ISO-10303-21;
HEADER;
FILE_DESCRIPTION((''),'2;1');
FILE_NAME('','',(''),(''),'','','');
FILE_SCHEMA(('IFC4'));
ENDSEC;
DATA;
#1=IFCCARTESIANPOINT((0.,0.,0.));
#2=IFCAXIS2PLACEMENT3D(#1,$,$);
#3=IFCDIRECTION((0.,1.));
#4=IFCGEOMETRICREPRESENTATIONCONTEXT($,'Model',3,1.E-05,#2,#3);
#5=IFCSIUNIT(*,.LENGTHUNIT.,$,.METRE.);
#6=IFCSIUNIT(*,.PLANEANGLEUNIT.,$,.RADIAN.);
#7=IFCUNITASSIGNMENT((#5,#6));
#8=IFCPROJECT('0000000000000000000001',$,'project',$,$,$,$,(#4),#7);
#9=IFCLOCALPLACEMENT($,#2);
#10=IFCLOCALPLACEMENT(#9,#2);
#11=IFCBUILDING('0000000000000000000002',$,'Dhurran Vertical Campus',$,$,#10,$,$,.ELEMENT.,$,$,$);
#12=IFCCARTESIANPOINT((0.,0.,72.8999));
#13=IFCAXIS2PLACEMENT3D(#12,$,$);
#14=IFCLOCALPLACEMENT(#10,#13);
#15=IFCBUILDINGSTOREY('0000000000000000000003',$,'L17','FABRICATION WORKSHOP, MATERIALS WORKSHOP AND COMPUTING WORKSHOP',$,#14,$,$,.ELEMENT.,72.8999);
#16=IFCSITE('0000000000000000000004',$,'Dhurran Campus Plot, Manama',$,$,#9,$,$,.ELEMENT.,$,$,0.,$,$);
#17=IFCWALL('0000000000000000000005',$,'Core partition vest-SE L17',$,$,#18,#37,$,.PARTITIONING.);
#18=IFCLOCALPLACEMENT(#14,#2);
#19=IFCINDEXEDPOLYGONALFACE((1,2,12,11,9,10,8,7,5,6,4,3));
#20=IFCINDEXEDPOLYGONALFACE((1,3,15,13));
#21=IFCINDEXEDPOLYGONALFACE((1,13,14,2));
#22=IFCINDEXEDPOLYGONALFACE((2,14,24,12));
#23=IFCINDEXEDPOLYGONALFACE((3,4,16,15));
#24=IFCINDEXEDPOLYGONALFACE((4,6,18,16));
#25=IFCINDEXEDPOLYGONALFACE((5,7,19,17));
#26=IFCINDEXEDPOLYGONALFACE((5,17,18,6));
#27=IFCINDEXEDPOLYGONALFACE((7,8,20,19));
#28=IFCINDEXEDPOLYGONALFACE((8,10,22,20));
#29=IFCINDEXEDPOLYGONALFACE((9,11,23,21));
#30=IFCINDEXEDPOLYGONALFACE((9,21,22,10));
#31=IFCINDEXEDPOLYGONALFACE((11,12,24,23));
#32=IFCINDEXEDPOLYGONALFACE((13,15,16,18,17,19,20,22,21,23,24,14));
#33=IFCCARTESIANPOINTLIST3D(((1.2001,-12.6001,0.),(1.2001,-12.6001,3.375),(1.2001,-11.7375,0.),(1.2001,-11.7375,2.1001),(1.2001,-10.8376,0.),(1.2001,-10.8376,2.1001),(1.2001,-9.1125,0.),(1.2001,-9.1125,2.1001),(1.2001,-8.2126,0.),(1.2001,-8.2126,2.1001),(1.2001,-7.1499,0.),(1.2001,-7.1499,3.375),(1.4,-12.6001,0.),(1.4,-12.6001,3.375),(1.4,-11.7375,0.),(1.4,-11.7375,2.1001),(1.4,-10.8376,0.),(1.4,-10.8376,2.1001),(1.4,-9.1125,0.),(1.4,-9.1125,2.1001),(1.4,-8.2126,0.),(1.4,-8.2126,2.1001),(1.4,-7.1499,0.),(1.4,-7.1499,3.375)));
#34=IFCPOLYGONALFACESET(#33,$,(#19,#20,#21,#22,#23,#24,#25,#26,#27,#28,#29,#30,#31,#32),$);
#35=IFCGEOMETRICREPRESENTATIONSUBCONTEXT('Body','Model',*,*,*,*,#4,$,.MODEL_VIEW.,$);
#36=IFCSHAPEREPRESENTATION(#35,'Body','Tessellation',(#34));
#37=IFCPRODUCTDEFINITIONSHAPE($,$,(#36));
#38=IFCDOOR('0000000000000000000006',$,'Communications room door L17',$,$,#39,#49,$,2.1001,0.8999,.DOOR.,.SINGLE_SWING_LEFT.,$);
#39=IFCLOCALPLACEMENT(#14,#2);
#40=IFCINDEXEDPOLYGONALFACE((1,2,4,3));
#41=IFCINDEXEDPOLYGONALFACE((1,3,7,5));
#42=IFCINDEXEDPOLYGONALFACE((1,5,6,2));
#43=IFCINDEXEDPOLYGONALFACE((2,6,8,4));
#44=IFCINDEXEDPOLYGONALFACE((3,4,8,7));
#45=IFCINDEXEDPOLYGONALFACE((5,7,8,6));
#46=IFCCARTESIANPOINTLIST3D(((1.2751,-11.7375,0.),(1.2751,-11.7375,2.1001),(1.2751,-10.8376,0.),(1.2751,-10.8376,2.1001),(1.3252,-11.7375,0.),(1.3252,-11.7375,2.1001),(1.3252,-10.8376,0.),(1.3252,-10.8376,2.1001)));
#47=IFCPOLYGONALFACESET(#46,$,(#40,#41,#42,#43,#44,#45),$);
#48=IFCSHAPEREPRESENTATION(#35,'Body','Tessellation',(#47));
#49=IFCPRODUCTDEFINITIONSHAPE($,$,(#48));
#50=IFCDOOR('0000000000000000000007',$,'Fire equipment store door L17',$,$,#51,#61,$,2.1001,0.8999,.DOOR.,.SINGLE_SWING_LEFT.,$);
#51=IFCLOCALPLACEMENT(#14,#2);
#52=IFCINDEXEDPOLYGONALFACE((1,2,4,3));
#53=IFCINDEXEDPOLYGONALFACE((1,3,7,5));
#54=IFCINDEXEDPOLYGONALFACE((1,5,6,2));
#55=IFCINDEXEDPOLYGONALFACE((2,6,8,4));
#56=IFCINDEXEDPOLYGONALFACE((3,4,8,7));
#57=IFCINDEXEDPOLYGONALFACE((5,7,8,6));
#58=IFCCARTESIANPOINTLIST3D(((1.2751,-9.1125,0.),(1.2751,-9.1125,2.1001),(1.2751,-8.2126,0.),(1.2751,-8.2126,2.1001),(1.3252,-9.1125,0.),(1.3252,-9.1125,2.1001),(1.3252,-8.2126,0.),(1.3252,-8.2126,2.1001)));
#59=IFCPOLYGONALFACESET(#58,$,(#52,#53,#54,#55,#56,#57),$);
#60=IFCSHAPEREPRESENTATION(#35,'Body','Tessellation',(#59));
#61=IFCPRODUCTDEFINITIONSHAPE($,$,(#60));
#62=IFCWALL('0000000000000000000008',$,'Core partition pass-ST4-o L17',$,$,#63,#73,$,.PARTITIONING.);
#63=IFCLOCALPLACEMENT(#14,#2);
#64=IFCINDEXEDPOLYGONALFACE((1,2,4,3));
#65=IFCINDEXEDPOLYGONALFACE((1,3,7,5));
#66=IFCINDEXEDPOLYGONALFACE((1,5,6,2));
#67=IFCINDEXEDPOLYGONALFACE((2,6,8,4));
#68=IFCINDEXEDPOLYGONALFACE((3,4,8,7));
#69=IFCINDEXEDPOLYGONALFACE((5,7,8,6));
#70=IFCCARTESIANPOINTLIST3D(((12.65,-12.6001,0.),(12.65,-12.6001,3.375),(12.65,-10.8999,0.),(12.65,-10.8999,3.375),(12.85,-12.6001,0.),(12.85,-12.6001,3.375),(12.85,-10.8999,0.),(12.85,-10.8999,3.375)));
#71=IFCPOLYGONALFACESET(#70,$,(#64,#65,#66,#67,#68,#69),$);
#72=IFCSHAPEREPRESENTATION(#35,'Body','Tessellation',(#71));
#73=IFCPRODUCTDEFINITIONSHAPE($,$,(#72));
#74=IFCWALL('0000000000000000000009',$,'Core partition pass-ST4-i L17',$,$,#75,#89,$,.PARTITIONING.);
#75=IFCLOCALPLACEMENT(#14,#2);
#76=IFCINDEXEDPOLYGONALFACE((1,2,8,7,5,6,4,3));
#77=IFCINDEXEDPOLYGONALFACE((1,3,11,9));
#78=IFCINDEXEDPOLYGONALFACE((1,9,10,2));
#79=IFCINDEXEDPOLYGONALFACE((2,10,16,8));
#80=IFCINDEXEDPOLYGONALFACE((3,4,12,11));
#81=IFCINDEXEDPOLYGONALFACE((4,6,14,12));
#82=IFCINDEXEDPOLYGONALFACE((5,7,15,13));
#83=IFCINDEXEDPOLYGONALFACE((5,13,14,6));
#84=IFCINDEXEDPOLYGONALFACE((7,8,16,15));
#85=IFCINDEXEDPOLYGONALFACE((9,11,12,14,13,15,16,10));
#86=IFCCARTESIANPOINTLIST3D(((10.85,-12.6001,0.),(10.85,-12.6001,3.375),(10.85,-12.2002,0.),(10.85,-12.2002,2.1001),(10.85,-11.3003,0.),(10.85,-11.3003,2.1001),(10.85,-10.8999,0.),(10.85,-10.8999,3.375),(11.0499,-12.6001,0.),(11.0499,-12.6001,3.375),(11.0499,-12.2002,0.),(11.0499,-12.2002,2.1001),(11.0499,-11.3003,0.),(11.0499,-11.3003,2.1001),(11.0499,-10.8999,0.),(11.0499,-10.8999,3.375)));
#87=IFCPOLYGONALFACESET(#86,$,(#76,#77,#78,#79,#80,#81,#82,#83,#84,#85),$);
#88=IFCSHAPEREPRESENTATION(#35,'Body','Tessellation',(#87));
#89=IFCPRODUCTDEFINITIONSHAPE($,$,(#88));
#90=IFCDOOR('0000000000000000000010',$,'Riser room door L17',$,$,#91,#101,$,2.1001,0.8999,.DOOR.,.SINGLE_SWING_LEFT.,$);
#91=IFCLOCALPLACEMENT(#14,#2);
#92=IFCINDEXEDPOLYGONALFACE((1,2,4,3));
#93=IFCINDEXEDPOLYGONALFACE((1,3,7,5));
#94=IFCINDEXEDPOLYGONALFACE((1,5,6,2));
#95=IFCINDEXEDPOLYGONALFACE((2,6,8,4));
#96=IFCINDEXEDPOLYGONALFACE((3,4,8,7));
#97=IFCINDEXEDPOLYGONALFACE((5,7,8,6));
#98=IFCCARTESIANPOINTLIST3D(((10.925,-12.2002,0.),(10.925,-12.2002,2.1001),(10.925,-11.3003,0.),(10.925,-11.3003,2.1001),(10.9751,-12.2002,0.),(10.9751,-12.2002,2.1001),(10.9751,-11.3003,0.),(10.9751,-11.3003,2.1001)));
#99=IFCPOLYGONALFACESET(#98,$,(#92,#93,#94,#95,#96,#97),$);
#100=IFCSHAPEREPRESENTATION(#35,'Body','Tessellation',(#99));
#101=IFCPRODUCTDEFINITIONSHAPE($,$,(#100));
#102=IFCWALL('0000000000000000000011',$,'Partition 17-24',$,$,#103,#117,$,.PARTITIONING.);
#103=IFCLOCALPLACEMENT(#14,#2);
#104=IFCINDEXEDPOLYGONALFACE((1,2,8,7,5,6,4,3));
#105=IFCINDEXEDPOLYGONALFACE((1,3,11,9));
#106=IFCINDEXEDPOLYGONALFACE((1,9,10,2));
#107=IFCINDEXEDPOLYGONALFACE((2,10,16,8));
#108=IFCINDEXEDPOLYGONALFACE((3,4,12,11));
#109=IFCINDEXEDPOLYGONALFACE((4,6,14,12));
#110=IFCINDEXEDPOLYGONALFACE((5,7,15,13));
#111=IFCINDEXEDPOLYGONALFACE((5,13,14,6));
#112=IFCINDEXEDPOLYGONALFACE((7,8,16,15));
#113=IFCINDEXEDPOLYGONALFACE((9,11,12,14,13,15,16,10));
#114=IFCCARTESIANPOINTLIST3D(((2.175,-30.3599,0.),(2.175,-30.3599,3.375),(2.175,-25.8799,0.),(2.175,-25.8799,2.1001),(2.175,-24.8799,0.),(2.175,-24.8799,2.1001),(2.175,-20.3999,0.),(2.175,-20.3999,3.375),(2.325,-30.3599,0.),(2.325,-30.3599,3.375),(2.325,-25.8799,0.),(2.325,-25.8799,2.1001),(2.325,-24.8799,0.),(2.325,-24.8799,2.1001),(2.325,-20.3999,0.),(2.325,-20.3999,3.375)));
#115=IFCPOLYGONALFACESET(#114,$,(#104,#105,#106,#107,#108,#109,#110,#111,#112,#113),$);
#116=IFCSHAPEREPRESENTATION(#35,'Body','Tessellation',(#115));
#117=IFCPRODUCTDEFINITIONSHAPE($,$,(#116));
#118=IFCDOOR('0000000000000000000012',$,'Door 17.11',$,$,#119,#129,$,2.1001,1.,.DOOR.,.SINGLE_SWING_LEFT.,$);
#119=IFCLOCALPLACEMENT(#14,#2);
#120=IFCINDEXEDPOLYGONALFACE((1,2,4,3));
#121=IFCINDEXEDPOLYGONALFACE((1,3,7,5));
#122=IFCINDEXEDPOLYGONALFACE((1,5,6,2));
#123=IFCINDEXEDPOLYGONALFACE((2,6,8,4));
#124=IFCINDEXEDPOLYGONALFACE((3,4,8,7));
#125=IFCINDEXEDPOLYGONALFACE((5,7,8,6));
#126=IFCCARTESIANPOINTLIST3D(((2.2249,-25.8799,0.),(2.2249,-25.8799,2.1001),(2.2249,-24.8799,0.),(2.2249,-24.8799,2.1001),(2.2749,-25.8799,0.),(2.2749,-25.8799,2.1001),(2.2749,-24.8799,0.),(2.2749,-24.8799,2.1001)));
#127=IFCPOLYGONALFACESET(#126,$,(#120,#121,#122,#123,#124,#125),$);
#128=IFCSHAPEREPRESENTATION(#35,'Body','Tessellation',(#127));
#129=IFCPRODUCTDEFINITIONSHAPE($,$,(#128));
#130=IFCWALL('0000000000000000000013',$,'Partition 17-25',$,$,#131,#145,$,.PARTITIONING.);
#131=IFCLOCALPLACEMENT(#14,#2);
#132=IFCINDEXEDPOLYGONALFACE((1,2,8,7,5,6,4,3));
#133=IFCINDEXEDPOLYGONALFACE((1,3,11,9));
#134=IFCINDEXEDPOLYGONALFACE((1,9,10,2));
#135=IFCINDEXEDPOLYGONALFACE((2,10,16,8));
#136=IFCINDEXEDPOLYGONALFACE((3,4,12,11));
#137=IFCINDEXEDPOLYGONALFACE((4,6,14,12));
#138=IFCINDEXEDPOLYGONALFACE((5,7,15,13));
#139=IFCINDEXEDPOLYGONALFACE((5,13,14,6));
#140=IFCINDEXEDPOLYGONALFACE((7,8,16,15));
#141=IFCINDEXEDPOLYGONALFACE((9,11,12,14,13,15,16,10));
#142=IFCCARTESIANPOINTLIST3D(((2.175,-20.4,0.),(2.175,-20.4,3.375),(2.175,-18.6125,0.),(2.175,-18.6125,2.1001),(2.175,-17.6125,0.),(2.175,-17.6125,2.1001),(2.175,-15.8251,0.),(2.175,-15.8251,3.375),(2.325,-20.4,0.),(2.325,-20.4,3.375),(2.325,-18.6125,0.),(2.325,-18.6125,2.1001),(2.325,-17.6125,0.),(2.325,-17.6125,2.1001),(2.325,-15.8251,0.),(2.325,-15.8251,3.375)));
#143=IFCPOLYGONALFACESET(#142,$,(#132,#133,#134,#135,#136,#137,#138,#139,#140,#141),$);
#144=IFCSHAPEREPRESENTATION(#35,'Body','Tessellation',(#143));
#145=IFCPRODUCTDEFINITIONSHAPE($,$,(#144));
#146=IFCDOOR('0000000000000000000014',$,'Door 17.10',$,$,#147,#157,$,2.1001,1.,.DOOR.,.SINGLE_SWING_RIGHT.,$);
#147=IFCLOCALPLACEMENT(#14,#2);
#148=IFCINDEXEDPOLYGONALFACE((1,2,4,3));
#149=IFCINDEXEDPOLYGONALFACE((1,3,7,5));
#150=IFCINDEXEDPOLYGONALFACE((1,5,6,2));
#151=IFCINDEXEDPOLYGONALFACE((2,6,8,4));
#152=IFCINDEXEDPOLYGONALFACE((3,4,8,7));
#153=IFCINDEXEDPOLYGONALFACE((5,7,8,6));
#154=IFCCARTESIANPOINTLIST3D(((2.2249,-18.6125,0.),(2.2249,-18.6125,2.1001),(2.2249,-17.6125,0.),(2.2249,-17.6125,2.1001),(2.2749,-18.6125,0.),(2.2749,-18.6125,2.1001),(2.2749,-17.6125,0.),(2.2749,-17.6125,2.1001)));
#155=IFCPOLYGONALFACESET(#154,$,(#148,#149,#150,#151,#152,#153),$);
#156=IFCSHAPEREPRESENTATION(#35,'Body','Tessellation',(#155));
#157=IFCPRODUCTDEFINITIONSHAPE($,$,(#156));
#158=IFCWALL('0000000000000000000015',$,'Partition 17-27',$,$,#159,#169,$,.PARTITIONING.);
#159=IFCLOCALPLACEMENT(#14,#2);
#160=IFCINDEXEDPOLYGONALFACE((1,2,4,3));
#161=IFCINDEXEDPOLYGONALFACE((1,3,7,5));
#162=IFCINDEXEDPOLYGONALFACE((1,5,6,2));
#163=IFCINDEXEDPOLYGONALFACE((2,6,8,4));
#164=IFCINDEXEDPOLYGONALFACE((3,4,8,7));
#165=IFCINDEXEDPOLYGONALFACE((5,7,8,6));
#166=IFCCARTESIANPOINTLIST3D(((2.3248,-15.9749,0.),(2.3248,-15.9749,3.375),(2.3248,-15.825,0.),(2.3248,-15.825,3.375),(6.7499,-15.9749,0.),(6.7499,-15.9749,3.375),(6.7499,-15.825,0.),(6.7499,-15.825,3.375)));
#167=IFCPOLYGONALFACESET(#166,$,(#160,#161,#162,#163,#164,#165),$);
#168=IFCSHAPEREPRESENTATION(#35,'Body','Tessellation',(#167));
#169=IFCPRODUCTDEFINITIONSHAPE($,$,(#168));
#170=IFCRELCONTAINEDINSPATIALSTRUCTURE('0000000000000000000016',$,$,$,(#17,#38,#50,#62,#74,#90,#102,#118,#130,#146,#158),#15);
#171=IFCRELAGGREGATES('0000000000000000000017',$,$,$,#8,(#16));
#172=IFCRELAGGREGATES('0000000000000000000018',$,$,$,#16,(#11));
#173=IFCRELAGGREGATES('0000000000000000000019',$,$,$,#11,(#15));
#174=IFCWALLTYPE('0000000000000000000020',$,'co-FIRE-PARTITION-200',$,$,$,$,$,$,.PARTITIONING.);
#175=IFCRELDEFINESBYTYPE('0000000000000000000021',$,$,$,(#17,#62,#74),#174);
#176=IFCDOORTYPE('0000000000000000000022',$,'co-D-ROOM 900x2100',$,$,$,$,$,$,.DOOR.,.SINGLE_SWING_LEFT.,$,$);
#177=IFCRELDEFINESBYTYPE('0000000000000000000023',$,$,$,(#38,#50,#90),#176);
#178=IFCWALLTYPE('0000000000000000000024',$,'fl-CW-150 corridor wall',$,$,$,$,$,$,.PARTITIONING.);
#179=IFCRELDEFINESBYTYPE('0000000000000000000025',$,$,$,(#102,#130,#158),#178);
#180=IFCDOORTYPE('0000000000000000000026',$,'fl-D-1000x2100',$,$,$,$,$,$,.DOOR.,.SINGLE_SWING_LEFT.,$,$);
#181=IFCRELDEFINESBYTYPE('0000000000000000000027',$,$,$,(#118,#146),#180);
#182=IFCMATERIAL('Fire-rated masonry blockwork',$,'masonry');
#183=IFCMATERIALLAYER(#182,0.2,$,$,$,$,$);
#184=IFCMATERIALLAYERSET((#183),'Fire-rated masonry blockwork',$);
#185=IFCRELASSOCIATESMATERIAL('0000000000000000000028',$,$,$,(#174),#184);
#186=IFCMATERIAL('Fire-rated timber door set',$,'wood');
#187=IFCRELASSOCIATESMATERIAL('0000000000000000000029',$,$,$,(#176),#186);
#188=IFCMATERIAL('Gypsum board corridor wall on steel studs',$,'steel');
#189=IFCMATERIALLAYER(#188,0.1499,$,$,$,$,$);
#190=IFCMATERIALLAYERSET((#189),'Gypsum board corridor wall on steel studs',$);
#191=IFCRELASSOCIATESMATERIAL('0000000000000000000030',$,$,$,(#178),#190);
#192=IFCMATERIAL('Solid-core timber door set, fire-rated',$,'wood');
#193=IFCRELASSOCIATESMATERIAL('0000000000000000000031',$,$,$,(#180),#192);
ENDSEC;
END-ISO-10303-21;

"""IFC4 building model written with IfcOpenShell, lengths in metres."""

from ifc_helpers import new_model, si_unit, direction, frame, frame_2d, origin, place, context, subcontext, project, spatial, rectangle, extrude, material, layer, layer_set, type_object, element, fill, save


model = new_model("IFC4")

# Units and contexts
model_context = context("Model", 3, precision=1e-05, world=origin(), true_north=direction((0.0, 1.0)))
body_context = subcontext(model_context, "Body", "Model", "MODEL_VIEW")
ifc_project = project(units=[si_unit("LENGTHUNIT", "METRE"), si_unit("PLANEANGLEUNIT", "RADIAN")], contexts=[model_context])

# Site, building, storey
site_placement = place(None, origin())
site = spatial("IfcSite", under=ifc_project, at=site_placement, Name="Dhurran Campus Plot, Manama", CompositionType="ELEMENT", RefElevation=0.0)
building_placement = place(site_placement, origin())
building = spatial("IfcBuilding", under=site, at=building_placement, Name="Dhurran Vertical Campus", CompositionType="ELEMENT")
storey_placement = place(building_placement, frame((0.0, 0.0, 72.8999)))
storey = spatial("IfcBuildingStorey", under=building, at=storey_placement, Name="L17", Description="FABRICATION WORKSHOP, MATERIALS WORKSHOP AND COMPUTING WORKSHOP", CompositionType="ELEMENT", Elevation=72.8999)

# Wall, openings, doors
ifc_material_1 = material(Name="Fire-rated masonry blockwork", Category="masonry")
ifc_layer_1 = layer(ifc_material_1, 0.2)
ifc_layer_set_1 = layer_set([ifc_layer_1], Name="Fire-rated masonry blockwork")
wall_type_1 = type_object("IfcWallType", Name="co-FIRE-PARTITION-200", PredefinedType="PARTITIONING", material=ifc_layer_set_1)
wall_1_placement = place(storey_placement, frame((1.3, -12.6001, 0.0), z_axis=(0.0, 0.0, 1.0), x_axis=(0.0, 1.0, 0.0)))
wall_1 = element("IfcWall", 1, at=wall_1_placement, inside=storey, type_object=wall_type_1, Name="Core partition vest-SE L17", PredefinedType="PARTITIONING", context=body_context, shape_type="SweptSolid", body=[
    extrude(rectangle(XDim=5.4502, YDim=0.2, at=frame_2d((2.7251, 0.0))), origin(), (0.0, 0.0, 1.0), 3.375),
])
opening_1_placement = place(wall_1_placement, frame((0.8625, 0.0, 0.0)))
opening_1 = element("IfcOpeningElement", 2, at=opening_1_placement, cuts=wall_1, PredefinedType="OPENING", context=body_context, shape_type="SweptSolid", body=[
    extrude(rectangle(XDim=0.8999, YDim=2.1001, at=frame_2d((0.45, 1.05))), frame((0.0, 0.1099, 0.0), z_axis=(0.0, -1.0, 0.0), x_axis=(1.0, 0.0, 0.0)), (0.0, 0.0, 1.0), 0.22),
])
opening_2_placement = place(wall_1_placement, frame((3.4875, 0.0, 0.0)))
opening_2 = element("IfcOpeningElement", 3, at=opening_2_placement, cuts=wall_1, PredefinedType="OPENING", context=body_context, shape_type="SweptSolid", body=[
    extrude(rectangle(XDim=0.8999, YDim=2.1001, at=frame_2d((0.45, 1.05))), frame((0.0, 0.1099, 0.0), z_axis=(0.0, -1.0, 0.0), x_axis=(1.0, 0.0, 0.0)), (0.0, 0.0, 1.0), 0.22),
])
ifc_material_2 = material(Name="Fire-rated timber door set", Category="wood")
door_type_1 = type_object("IfcDoorType", Name="co-D-ROOM 900x2100", OperationType="SINGLE_SWING_LEFT", PredefinedType="DOOR", material=ifc_material_2)
door_1_placement = place(opening_1_placement, origin())
door_1 = element("IfcDoor", 4, at=door_1_placement, inside=storey, type_object=door_type_1, Name="Communications room door L17", OperationType="SINGLE_SWING_LEFT", OverallHeight=2.1001, OverallWidth=0.8999, PredefinedType="DOOR", context=body_context, shape_type="SweptSolid", body=[
    extrude(rectangle(XDim=0.8999, YDim=2.1001, at=frame_2d((0.45, 1.05))), frame((0.0, 0.0249, 0.0), z_axis=(0.0, -1.0, 0.0), x_axis=(1.0, 0.0, 0.0)), (0.0, 0.0, 1.0), 0.05),
])
fill(opening_1, door_1)
door_2_placement = place(opening_2_placement, origin())
door_2 = element("IfcDoor", 5, at=door_2_placement, inside=storey, type_object=door_type_1, Name="Fire equipment store door L17", OperationType="SINGLE_SWING_LEFT", OverallHeight=2.1001, OverallWidth=0.8999, PredefinedType="DOOR", context=body_context, shape_type="SweptSolid", body=[
    extrude(rectangle(XDim=0.8999, YDim=2.1001, at=frame_2d((0.45, 1.05))), frame((0.0, 0.0249, 0.0), z_axis=(0.0, -1.0, 0.0), x_axis=(1.0, 0.0, 0.0)), (0.0, 0.0, 1.0), 0.05),
])
fill(opening_2, door_2)

# Wall
wall_2_placement = place(storey_placement, frame((12.75, -12.6001, 0.0), z_axis=(0.0, 0.0, 1.0), x_axis=(0.0, 1.0, 0.0)))
element("IfcWall", 6, at=wall_2_placement, inside=storey, type_object=wall_type_1, Name="Core partition pass-ST4-o L17", PredefinedType="PARTITIONING", context=body_context, shape_type="SweptSolid", body=[
    extrude(rectangle(XDim=1.7002, YDim=0.2, at=frame_2d((0.8501, 0.0))), origin(), (0.0, 0.0, 1.0), 3.375),
])

# Walls, openings, doors
wall_3_placement = place(storey_placement, frame((10.95, -12.6001, 0.0), z_axis=(0.0, 0.0, 1.0), x_axis=(0.0, 1.0, 0.0)))
wall_3 = element("IfcWall", 7, at=wall_3_placement, inside=storey, type_object=wall_type_1, Name="Core partition pass-ST4-i L17", PredefinedType="PARTITIONING", context=body_context, shape_type="SweptSolid", body=[
    extrude(rectangle(XDim=1.7002, YDim=0.2, at=frame_2d((0.8501, 0.0))), origin(), (0.0, 0.0, 1.0), 3.375),
])
opening_3_placement = place(wall_3_placement, frame((0.3999, 0.0, 0.0)))
opening_3 = element("IfcOpeningElement", 8, at=opening_3_placement, cuts=wall_3, PredefinedType="OPENING", context=body_context, shape_type="SweptSolid", body=[
    extrude(rectangle(XDim=0.8999, YDim=2.1001, at=frame_2d((0.45, 1.05))), frame((0.0, 0.1099, 0.0), z_axis=(0.0, -1.0, 0.0), x_axis=(1.0, 0.0, 0.0)), (0.0, 0.0, 1.0), 0.22),
])
door_3_placement = place(opening_3_placement, origin())
door_3 = element("IfcDoor", 9, at=door_3_placement, inside=storey, type_object=door_type_1, Name="Riser room door L17", OperationType="SINGLE_SWING_LEFT", OverallHeight=2.1001, OverallWidth=0.8999, PredefinedType="DOOR", context=body_context, shape_type="SweptSolid", body=[
    extrude(rectangle(XDim=0.8999, YDim=2.1001, at=frame_2d((0.45, 1.05))), frame((0.0, 0.0249, 0.0), z_axis=(0.0, -1.0, 0.0), x_axis=(1.0, 0.0, 0.0)), (0.0, 0.0, 1.0), 0.05),
])
fill(opening_3, door_3)
ifc_material_3 = material(Name="Gypsum board corridor wall on steel studs", Category="steel")
ifc_layer_2 = layer(ifc_material_3, 0.1499)
ifc_layer_set_2 = layer_set([ifc_layer_2], Name="Gypsum board corridor wall on steel studs")
wall_type_2 = type_object("IfcWallType", Name="fl-CW-150 corridor wall", PredefinedType="PARTITIONING", material=ifc_layer_set_2)
wall_4_placement = place(storey_placement, frame((2.25, -20.3999, 0.0), z_axis=(0.0, 0.0, 1.0), x_axis=(0.0, -1.0, 0.0)))
wall_4 = element("IfcWall", 10, at=wall_4_placement, inside=storey, type_object=wall_type_2, Name="Partition 17-24", PredefinedType="PARTITIONING", context=body_context, shape_type="SweptSolid", body=[
    extrude(rectangle(XDim=9.96, YDim=0.1499, at=frame_2d((4.98, 0.0))), origin(), (0.0, 0.0, 1.0), 3.375),
])
opening_4_placement = place(wall_4_placement, frame((4.48, 0.0, 0.0)))
opening_4 = element("IfcOpeningElement", 11, at=opening_4_placement, cuts=wall_4, PredefinedType="OPENING", context=body_context, shape_type="SweptSolid", body=[
    extrude(rectangle(XDim=1.0, YDim=2.1001, at=frame_2d((0.5, 1.05))), frame((0.0, 0.085, 0.0), z_axis=(0.0, -1.0, 0.0), x_axis=(1.0, 0.0, 0.0)), (0.0, 0.0, 1.0), 0.1699),
])
ifc_material_4 = material(Name="Solid-core timber door set, fire-rated", Category="wood")
door_type_2 = type_object("IfcDoorType", Name="fl-D-1000x2100", OperationType="SINGLE_SWING_LEFT", PredefinedType="DOOR", material=ifc_material_4)
door_4_placement = place(opening_4_placement, origin())
door_4 = element("IfcDoor", 12, at=door_4_placement, inside=storey, type_object=door_type_2, Name="Door 17.11", OperationType="SINGLE_SWING_LEFT", OverallHeight=2.1001, OverallWidth=1.0, PredefinedType="DOOR", context=body_context, shape_type="SweptSolid", body=[
    extrude(rectangle(XDim=1.0, YDim=2.1001, at=frame_2d((0.5, 1.05))), frame((0.0, 0.0249, 0.0), z_axis=(0.0, -1.0, 0.0), x_axis=(1.0, 0.0, 0.0)), (0.0, 0.0, 1.0), 0.05),
])
fill(opening_4, door_4)
wall_5_placement = place(storey_placement, frame((2.25, -15.825, 0.0), z_axis=(0.0, 0.0, 1.0), x_axis=(0.0, -1.0, 0.0)))
wall_5 = element("IfcWall", 13, at=wall_5_placement, inside=storey, type_object=wall_type_2, Name="Partition 17-25", PredefinedType="PARTITIONING", context=body_context, shape_type="SweptSolid", body=[
    extrude(rectangle(XDim=4.575, YDim=0.1499, at=frame_2d((2.2876, 0.0))), origin(), (0.0, 0.0, 1.0), 3.375),
])
opening_5_placement = place(wall_5_placement, frame((1.7876, 0.0, 0.0)))
opening_5 = element("IfcOpeningElement", 14, at=opening_5_placement, cuts=wall_5, PredefinedType="OPENING", context=body_context, shape_type="SweptSolid", body=[
    extrude(rectangle(XDim=1.0, YDim=2.1001, at=frame_2d((0.5, 1.05))), frame((0.0, 0.085, 0.0), z_axis=(0.0, -1.0, 0.0), x_axis=(1.0, 0.0, 0.0)), (0.0, 0.0, 1.0), 0.1699),
])
door_5_placement = place(opening_5_placement, origin())
door_5 = element("IfcDoor", 15, at=door_5_placement, inside=storey, type_object=door_type_2, Name="Door 17.10", OperationType="SINGLE_SWING_RIGHT", OverallHeight=2.1001, OverallWidth=1.0, PredefinedType="DOOR", context=body_context, shape_type="SweptSolid", body=[
    extrude(rectangle(XDim=1.0, YDim=2.1001, at=frame_2d((0.5, 1.05))), frame((0.0, 0.0249, 0.0), z_axis=(0.0, -1.0, 0.0), x_axis=(1.0, 0.0, 0.0)), (0.0, 0.0, 1.0), 0.05),
])
fill(opening_5, door_5)

# Wall
wall_6_placement = place(storey_placement, frame((2.325, -15.8999, 0.0), z_axis=(0.0, 0.0, 1.0), x_axis=(1.0, 0.0, 0.0)))
element("IfcWall", 16, at=wall_6_placement, inside=storey, type_object=wall_type_2, Name="Partition 17-27", PredefinedType="PARTITIONING", context=body_context, shape_type="SweptSolid", body=[
    extrude(rectangle(XDim=4.425, YDim=0.1499, at=frame_2d((2.2124, 0.0))), origin(), (0.0, 0.0, 1.0), 3.375),
])

save(model, "model.ifc")
